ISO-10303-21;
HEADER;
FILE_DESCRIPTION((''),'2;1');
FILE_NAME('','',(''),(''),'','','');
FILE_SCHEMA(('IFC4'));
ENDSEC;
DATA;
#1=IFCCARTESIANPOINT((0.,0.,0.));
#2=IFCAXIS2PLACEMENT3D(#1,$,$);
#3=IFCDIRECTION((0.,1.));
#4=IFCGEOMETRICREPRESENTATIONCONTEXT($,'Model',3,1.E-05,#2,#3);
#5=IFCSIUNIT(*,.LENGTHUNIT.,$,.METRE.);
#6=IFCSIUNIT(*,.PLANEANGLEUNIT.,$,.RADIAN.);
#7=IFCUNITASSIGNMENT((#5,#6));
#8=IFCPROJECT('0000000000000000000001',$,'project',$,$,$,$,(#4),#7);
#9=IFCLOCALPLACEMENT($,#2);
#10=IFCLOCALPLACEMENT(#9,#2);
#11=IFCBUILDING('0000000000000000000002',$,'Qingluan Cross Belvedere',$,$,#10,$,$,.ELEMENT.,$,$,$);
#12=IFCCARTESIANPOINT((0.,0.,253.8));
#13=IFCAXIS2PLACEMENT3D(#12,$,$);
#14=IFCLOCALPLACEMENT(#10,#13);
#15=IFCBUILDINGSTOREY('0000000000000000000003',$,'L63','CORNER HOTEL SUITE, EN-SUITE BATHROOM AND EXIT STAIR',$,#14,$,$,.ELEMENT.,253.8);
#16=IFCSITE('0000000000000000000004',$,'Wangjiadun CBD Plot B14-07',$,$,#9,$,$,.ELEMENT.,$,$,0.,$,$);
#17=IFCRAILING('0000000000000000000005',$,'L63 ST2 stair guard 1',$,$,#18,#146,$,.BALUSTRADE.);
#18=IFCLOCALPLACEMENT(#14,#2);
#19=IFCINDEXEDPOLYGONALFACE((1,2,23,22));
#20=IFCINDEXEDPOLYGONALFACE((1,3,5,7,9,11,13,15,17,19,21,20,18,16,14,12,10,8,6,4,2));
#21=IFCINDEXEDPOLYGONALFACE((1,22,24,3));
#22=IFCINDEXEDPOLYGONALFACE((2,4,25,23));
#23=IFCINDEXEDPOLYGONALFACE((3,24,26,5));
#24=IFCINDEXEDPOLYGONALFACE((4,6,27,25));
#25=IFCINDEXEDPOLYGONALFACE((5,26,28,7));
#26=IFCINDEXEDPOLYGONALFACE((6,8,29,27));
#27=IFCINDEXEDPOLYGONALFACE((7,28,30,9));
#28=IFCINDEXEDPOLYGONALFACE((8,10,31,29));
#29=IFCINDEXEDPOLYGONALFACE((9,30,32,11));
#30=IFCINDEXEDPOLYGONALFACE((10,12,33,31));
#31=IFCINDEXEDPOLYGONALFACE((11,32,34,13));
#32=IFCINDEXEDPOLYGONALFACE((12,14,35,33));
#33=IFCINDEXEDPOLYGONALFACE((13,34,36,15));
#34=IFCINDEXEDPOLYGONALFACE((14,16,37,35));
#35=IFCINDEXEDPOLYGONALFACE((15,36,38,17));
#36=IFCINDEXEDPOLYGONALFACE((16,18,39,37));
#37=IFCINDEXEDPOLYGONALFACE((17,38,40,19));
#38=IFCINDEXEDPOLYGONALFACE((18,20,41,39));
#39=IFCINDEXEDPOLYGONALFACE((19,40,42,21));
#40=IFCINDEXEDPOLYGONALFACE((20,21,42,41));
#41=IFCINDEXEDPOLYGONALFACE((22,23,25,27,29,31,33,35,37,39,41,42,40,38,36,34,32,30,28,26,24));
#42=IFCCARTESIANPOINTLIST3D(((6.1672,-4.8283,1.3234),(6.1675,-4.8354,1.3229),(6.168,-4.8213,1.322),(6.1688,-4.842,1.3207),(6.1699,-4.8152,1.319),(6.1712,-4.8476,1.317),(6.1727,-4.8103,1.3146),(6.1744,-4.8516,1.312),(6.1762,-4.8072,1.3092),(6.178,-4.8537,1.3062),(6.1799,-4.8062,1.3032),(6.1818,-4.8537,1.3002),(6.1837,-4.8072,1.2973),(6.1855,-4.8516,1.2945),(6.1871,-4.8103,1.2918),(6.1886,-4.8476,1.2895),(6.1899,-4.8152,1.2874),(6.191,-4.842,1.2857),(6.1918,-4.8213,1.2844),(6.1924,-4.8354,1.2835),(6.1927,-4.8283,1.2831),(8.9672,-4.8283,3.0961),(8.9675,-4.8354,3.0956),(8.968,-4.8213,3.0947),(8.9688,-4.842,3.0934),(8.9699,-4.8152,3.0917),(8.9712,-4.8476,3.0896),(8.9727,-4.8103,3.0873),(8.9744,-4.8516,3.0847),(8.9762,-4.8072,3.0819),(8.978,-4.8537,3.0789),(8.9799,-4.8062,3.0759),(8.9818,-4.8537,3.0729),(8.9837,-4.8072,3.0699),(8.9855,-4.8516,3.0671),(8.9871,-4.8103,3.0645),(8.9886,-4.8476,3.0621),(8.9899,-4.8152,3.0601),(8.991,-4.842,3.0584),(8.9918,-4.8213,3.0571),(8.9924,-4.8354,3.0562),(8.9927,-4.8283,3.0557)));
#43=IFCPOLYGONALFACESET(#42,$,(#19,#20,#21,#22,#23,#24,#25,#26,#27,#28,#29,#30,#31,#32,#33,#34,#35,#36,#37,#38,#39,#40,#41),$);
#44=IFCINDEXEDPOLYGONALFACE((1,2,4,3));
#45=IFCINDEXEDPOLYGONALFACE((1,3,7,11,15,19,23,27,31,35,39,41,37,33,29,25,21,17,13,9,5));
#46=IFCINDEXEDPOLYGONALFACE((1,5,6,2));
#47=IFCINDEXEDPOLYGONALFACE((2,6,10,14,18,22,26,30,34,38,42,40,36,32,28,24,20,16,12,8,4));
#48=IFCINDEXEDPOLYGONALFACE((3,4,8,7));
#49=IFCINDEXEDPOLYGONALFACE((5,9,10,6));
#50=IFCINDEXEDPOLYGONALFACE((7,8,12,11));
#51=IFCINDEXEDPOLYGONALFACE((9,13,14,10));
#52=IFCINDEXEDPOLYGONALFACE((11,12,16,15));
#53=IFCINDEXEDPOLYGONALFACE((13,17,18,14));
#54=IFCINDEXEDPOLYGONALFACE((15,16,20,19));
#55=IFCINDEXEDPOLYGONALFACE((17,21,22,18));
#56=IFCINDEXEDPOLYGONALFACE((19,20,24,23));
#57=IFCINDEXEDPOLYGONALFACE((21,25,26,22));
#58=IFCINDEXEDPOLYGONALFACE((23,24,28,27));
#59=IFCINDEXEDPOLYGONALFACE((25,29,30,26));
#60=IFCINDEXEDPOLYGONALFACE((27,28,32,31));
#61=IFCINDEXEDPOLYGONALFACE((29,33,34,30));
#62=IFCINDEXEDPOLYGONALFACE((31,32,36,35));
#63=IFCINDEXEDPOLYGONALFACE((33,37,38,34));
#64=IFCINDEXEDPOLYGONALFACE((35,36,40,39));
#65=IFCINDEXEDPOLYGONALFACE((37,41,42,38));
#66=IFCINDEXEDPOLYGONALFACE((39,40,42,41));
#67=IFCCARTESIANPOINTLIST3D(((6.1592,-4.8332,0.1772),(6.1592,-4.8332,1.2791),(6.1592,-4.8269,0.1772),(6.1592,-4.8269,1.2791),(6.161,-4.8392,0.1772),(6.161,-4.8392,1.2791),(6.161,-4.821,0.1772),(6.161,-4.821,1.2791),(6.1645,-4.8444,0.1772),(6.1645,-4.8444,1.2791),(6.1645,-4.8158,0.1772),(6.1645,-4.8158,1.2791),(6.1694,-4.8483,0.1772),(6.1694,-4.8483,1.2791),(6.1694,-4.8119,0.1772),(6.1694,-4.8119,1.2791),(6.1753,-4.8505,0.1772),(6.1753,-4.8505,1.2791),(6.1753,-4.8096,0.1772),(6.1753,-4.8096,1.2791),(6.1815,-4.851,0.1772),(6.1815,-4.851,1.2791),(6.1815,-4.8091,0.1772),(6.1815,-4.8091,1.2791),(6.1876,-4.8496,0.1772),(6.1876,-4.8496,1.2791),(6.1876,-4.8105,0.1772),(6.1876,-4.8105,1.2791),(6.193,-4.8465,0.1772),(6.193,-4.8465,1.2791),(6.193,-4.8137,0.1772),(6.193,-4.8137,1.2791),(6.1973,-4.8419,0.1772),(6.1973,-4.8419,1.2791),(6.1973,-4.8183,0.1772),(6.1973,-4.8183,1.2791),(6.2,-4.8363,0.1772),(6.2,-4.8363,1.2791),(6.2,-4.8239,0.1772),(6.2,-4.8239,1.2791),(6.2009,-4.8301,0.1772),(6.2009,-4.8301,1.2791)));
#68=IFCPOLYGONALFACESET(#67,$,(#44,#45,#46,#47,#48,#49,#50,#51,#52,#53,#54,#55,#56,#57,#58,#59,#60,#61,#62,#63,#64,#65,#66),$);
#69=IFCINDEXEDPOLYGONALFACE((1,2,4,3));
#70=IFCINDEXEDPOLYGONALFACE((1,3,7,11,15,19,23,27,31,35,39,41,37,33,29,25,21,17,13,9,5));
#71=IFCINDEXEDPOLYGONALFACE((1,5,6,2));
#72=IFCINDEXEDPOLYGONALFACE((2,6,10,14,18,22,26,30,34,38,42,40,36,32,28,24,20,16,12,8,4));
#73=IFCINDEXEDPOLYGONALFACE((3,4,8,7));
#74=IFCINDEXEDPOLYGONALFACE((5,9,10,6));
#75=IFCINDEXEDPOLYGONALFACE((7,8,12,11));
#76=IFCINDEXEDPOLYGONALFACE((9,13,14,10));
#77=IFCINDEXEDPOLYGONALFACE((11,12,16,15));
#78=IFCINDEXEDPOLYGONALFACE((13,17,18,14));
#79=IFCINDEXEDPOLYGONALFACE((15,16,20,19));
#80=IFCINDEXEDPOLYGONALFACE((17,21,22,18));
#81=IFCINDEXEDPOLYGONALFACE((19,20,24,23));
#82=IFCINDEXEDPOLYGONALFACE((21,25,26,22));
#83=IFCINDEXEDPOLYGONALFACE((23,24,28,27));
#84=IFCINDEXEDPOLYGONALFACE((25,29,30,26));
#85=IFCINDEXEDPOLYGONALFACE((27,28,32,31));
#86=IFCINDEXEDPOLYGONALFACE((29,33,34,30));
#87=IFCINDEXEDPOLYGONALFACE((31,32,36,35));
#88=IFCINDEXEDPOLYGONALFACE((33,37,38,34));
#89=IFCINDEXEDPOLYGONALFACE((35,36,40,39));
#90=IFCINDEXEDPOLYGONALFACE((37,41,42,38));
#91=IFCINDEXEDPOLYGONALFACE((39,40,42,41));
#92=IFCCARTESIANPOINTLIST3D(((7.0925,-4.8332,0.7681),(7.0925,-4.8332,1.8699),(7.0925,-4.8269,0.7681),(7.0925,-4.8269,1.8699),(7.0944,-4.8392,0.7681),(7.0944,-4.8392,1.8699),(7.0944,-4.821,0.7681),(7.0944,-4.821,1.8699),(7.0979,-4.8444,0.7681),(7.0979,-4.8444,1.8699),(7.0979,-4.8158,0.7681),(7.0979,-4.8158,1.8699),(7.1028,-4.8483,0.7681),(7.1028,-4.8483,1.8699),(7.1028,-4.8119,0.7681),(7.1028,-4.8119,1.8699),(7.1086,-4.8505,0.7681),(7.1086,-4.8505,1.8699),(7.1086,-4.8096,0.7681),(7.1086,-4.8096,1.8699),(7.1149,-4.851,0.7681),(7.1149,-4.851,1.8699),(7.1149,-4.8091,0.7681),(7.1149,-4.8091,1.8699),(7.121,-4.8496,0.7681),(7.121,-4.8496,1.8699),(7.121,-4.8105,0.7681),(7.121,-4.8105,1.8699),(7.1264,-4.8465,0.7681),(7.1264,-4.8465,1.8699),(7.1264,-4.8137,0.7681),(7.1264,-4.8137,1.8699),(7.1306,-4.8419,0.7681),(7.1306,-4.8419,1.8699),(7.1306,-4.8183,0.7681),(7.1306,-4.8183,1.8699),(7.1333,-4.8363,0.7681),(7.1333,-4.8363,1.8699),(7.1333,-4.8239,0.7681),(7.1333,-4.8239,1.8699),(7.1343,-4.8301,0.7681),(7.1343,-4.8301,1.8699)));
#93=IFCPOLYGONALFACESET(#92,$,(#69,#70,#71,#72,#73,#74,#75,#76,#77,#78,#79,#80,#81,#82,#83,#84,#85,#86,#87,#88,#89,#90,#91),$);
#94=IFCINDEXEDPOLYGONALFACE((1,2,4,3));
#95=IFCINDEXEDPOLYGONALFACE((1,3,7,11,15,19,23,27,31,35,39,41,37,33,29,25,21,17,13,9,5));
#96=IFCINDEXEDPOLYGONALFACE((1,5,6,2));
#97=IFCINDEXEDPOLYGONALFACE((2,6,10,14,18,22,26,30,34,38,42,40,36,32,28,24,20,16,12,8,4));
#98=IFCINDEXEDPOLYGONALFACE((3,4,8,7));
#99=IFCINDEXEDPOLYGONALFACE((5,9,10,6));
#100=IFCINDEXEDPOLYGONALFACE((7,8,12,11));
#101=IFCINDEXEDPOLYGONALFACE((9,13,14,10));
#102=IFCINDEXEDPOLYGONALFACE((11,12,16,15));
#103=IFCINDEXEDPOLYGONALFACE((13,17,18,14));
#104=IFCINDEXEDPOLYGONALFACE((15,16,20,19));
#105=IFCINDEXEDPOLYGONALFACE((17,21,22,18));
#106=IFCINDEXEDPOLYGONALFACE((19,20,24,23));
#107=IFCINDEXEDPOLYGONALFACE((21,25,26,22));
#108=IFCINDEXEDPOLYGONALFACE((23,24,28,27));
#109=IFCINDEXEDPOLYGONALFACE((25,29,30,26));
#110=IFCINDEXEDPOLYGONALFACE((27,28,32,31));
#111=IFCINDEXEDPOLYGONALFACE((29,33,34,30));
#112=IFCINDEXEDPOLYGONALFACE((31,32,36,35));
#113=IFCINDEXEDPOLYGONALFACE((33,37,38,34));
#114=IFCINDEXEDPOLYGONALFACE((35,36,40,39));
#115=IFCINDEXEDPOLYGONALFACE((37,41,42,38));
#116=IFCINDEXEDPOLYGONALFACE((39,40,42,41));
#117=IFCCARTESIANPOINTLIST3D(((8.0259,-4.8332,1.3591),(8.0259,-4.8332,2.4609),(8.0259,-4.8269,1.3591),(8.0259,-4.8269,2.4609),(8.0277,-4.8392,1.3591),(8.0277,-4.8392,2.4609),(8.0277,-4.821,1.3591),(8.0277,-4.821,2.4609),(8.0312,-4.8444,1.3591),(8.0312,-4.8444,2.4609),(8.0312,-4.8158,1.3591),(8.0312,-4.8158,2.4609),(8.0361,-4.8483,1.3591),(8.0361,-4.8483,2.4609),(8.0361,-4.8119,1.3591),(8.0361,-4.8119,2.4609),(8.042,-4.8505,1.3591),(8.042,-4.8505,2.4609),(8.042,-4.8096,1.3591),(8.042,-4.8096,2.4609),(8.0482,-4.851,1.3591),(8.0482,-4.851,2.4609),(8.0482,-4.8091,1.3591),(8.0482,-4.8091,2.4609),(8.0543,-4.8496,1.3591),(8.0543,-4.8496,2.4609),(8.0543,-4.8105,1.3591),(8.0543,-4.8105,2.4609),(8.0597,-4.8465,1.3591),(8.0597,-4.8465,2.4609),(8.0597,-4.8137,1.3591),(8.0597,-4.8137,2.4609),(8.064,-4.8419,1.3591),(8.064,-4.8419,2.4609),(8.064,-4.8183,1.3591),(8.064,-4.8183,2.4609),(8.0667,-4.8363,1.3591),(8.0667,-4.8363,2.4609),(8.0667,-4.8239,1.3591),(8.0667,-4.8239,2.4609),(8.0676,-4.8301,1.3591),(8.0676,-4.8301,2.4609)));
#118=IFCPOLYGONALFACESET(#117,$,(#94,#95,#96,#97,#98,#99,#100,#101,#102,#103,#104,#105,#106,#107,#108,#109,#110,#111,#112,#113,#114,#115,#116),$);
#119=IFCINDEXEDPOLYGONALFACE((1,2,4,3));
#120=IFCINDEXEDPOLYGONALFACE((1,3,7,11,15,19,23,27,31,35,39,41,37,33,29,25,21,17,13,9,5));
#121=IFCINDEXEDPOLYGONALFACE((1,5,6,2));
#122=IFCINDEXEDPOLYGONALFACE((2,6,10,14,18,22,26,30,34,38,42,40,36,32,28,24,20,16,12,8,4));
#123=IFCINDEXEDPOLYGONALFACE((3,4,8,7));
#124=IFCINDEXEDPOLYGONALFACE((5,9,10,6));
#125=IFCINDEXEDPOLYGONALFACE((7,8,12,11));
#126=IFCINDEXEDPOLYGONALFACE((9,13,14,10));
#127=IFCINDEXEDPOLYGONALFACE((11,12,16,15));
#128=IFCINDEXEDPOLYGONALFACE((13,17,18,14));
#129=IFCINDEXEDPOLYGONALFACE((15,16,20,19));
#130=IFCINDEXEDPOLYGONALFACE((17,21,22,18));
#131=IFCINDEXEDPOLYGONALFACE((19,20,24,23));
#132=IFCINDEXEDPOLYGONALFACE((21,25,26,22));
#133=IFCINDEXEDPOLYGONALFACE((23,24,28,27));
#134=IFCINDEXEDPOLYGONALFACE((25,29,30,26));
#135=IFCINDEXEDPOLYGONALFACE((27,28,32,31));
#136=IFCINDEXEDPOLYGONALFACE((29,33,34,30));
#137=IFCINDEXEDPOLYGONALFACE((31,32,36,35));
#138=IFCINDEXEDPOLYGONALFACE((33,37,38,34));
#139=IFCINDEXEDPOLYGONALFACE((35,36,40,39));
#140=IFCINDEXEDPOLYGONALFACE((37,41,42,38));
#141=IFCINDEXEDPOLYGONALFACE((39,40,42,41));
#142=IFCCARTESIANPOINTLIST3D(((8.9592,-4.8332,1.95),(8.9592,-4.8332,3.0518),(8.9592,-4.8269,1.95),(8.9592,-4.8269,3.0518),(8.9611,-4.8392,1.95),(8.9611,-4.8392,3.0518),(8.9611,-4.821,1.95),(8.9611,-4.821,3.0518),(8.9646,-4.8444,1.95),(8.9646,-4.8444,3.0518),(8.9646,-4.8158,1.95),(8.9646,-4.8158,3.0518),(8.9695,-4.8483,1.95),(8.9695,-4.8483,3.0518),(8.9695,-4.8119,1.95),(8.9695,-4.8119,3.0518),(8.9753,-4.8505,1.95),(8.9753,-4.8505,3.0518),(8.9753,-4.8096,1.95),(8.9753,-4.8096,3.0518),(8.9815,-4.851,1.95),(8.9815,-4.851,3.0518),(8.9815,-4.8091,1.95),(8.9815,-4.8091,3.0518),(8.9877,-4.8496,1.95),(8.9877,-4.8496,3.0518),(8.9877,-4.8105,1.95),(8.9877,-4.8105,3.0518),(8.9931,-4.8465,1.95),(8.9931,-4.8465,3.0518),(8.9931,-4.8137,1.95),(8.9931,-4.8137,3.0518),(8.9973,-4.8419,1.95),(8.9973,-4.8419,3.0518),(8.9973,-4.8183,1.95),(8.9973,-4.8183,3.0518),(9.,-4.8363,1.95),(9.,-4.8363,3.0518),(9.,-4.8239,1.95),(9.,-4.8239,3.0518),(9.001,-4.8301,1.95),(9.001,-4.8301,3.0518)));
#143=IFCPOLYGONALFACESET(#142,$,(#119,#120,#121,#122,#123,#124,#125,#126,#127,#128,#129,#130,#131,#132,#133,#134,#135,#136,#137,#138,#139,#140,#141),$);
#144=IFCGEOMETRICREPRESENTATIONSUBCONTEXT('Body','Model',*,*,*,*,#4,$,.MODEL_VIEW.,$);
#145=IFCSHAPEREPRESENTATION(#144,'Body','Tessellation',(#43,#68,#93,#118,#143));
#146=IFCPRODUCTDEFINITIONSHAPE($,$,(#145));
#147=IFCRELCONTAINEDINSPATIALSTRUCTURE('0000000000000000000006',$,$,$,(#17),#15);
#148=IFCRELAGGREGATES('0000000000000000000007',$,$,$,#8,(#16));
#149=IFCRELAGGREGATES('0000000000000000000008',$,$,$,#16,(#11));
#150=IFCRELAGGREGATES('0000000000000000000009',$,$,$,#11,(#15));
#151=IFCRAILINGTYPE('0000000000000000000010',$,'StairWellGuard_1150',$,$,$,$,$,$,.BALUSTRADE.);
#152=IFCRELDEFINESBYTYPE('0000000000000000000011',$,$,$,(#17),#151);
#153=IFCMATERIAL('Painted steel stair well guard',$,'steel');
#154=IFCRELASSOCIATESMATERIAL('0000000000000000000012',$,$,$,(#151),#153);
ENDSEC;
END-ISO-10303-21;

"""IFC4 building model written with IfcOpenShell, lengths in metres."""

from ifc_helpers import new_model, si_unit, direction, frame, origin, origin_2d, place, context, subcontext, project, spatial, circle, extrude, material, type_object, element, save


model = new_model("IFC4")

# Units and contexts
model_context = context("Model", 3, precision=1e-05, world=origin(), true_north=direction((0.0, 1.0)))
body_context = subcontext(model_context, "Body", "Model", "MODEL_VIEW")
ifc_project = project(units=[si_unit("LENGTHUNIT", "METRE"), si_unit("PLANEANGLEUNIT", "RADIAN")], contexts=[model_context])

# Site, building, storey
site_placement = place(None, origin())
site = spatial("IfcSite", under=ifc_project, at=site_placement, Name="Wangjiadun CBD Plot B14-07", CompositionType="ELEMENT", RefElevation=0.0)
building_placement = place(site_placement, origin())
building = spatial("IfcBuilding", under=site, at=building_placement, Name="Qingluan Cross Belvedere", CompositionType="ELEMENT")
storey_placement = place(building_placement, frame((0.0, 0.0, 253.8)))
storey = spatial("IfcBuildingStorey", under=building, at=storey_placement, Name="L63", Description="CORNER HOTEL SUITE, EN-SUITE BATHROOM AND EXIT STAIR", CompositionType="ELEMENT", Elevation=253.8)

# Railing
ifc_material_1 = material(Name="Painted steel stair well guard", Category="steel")
railing_type_1 = type_object("IfcRailingType", Name="StairWellGuard_1150", PredefinedType="BALUSTRADE", material=ifc_material_1)
railing_1_placement = place(storey_placement, frame((6.1799, -4.8301, 0.1772)))
element("IfcRailing", 1, at=railing_1_placement, inside=storey, type_object=railing_type_1, Name="L63 ST2 stair guard 1", PredefinedType="BALUSTRADE", context=body_context, shape_type="SweptSolid", body=[
    extrude(circle(Radius=0.0239, at=origin_2d()), frame((0.0, 0.0, 1.126), z_axis=(0.844909, 0.0, 0.53491), x_axis=(0.0, 1.0, 0.0)), (0.0, 0.0, 1.0), 3.314),
    extrude(circle(Radius=0.021, at=origin_2d()), origin(), (0.0, 0.0, 1.0), 1.1018),
    extrude(circle(Radius=0.021, at=origin_2d()), frame((0.9333, 0.0, 0.5908)), (0.0, 0.0, 1.0), 1.1018),
    extrude(circle(Radius=0.021, at=origin_2d()), frame((1.8667, 0.0, 1.1819)), (0.0, 0.0, 1.0), 1.1018),
    extrude(circle(Radius=0.021, at=origin_2d()), frame((2.8, 0.0, 1.7727)), (0.0, 0.0, 1.0), 1.1018),
])

save(model, "model.ifc")
